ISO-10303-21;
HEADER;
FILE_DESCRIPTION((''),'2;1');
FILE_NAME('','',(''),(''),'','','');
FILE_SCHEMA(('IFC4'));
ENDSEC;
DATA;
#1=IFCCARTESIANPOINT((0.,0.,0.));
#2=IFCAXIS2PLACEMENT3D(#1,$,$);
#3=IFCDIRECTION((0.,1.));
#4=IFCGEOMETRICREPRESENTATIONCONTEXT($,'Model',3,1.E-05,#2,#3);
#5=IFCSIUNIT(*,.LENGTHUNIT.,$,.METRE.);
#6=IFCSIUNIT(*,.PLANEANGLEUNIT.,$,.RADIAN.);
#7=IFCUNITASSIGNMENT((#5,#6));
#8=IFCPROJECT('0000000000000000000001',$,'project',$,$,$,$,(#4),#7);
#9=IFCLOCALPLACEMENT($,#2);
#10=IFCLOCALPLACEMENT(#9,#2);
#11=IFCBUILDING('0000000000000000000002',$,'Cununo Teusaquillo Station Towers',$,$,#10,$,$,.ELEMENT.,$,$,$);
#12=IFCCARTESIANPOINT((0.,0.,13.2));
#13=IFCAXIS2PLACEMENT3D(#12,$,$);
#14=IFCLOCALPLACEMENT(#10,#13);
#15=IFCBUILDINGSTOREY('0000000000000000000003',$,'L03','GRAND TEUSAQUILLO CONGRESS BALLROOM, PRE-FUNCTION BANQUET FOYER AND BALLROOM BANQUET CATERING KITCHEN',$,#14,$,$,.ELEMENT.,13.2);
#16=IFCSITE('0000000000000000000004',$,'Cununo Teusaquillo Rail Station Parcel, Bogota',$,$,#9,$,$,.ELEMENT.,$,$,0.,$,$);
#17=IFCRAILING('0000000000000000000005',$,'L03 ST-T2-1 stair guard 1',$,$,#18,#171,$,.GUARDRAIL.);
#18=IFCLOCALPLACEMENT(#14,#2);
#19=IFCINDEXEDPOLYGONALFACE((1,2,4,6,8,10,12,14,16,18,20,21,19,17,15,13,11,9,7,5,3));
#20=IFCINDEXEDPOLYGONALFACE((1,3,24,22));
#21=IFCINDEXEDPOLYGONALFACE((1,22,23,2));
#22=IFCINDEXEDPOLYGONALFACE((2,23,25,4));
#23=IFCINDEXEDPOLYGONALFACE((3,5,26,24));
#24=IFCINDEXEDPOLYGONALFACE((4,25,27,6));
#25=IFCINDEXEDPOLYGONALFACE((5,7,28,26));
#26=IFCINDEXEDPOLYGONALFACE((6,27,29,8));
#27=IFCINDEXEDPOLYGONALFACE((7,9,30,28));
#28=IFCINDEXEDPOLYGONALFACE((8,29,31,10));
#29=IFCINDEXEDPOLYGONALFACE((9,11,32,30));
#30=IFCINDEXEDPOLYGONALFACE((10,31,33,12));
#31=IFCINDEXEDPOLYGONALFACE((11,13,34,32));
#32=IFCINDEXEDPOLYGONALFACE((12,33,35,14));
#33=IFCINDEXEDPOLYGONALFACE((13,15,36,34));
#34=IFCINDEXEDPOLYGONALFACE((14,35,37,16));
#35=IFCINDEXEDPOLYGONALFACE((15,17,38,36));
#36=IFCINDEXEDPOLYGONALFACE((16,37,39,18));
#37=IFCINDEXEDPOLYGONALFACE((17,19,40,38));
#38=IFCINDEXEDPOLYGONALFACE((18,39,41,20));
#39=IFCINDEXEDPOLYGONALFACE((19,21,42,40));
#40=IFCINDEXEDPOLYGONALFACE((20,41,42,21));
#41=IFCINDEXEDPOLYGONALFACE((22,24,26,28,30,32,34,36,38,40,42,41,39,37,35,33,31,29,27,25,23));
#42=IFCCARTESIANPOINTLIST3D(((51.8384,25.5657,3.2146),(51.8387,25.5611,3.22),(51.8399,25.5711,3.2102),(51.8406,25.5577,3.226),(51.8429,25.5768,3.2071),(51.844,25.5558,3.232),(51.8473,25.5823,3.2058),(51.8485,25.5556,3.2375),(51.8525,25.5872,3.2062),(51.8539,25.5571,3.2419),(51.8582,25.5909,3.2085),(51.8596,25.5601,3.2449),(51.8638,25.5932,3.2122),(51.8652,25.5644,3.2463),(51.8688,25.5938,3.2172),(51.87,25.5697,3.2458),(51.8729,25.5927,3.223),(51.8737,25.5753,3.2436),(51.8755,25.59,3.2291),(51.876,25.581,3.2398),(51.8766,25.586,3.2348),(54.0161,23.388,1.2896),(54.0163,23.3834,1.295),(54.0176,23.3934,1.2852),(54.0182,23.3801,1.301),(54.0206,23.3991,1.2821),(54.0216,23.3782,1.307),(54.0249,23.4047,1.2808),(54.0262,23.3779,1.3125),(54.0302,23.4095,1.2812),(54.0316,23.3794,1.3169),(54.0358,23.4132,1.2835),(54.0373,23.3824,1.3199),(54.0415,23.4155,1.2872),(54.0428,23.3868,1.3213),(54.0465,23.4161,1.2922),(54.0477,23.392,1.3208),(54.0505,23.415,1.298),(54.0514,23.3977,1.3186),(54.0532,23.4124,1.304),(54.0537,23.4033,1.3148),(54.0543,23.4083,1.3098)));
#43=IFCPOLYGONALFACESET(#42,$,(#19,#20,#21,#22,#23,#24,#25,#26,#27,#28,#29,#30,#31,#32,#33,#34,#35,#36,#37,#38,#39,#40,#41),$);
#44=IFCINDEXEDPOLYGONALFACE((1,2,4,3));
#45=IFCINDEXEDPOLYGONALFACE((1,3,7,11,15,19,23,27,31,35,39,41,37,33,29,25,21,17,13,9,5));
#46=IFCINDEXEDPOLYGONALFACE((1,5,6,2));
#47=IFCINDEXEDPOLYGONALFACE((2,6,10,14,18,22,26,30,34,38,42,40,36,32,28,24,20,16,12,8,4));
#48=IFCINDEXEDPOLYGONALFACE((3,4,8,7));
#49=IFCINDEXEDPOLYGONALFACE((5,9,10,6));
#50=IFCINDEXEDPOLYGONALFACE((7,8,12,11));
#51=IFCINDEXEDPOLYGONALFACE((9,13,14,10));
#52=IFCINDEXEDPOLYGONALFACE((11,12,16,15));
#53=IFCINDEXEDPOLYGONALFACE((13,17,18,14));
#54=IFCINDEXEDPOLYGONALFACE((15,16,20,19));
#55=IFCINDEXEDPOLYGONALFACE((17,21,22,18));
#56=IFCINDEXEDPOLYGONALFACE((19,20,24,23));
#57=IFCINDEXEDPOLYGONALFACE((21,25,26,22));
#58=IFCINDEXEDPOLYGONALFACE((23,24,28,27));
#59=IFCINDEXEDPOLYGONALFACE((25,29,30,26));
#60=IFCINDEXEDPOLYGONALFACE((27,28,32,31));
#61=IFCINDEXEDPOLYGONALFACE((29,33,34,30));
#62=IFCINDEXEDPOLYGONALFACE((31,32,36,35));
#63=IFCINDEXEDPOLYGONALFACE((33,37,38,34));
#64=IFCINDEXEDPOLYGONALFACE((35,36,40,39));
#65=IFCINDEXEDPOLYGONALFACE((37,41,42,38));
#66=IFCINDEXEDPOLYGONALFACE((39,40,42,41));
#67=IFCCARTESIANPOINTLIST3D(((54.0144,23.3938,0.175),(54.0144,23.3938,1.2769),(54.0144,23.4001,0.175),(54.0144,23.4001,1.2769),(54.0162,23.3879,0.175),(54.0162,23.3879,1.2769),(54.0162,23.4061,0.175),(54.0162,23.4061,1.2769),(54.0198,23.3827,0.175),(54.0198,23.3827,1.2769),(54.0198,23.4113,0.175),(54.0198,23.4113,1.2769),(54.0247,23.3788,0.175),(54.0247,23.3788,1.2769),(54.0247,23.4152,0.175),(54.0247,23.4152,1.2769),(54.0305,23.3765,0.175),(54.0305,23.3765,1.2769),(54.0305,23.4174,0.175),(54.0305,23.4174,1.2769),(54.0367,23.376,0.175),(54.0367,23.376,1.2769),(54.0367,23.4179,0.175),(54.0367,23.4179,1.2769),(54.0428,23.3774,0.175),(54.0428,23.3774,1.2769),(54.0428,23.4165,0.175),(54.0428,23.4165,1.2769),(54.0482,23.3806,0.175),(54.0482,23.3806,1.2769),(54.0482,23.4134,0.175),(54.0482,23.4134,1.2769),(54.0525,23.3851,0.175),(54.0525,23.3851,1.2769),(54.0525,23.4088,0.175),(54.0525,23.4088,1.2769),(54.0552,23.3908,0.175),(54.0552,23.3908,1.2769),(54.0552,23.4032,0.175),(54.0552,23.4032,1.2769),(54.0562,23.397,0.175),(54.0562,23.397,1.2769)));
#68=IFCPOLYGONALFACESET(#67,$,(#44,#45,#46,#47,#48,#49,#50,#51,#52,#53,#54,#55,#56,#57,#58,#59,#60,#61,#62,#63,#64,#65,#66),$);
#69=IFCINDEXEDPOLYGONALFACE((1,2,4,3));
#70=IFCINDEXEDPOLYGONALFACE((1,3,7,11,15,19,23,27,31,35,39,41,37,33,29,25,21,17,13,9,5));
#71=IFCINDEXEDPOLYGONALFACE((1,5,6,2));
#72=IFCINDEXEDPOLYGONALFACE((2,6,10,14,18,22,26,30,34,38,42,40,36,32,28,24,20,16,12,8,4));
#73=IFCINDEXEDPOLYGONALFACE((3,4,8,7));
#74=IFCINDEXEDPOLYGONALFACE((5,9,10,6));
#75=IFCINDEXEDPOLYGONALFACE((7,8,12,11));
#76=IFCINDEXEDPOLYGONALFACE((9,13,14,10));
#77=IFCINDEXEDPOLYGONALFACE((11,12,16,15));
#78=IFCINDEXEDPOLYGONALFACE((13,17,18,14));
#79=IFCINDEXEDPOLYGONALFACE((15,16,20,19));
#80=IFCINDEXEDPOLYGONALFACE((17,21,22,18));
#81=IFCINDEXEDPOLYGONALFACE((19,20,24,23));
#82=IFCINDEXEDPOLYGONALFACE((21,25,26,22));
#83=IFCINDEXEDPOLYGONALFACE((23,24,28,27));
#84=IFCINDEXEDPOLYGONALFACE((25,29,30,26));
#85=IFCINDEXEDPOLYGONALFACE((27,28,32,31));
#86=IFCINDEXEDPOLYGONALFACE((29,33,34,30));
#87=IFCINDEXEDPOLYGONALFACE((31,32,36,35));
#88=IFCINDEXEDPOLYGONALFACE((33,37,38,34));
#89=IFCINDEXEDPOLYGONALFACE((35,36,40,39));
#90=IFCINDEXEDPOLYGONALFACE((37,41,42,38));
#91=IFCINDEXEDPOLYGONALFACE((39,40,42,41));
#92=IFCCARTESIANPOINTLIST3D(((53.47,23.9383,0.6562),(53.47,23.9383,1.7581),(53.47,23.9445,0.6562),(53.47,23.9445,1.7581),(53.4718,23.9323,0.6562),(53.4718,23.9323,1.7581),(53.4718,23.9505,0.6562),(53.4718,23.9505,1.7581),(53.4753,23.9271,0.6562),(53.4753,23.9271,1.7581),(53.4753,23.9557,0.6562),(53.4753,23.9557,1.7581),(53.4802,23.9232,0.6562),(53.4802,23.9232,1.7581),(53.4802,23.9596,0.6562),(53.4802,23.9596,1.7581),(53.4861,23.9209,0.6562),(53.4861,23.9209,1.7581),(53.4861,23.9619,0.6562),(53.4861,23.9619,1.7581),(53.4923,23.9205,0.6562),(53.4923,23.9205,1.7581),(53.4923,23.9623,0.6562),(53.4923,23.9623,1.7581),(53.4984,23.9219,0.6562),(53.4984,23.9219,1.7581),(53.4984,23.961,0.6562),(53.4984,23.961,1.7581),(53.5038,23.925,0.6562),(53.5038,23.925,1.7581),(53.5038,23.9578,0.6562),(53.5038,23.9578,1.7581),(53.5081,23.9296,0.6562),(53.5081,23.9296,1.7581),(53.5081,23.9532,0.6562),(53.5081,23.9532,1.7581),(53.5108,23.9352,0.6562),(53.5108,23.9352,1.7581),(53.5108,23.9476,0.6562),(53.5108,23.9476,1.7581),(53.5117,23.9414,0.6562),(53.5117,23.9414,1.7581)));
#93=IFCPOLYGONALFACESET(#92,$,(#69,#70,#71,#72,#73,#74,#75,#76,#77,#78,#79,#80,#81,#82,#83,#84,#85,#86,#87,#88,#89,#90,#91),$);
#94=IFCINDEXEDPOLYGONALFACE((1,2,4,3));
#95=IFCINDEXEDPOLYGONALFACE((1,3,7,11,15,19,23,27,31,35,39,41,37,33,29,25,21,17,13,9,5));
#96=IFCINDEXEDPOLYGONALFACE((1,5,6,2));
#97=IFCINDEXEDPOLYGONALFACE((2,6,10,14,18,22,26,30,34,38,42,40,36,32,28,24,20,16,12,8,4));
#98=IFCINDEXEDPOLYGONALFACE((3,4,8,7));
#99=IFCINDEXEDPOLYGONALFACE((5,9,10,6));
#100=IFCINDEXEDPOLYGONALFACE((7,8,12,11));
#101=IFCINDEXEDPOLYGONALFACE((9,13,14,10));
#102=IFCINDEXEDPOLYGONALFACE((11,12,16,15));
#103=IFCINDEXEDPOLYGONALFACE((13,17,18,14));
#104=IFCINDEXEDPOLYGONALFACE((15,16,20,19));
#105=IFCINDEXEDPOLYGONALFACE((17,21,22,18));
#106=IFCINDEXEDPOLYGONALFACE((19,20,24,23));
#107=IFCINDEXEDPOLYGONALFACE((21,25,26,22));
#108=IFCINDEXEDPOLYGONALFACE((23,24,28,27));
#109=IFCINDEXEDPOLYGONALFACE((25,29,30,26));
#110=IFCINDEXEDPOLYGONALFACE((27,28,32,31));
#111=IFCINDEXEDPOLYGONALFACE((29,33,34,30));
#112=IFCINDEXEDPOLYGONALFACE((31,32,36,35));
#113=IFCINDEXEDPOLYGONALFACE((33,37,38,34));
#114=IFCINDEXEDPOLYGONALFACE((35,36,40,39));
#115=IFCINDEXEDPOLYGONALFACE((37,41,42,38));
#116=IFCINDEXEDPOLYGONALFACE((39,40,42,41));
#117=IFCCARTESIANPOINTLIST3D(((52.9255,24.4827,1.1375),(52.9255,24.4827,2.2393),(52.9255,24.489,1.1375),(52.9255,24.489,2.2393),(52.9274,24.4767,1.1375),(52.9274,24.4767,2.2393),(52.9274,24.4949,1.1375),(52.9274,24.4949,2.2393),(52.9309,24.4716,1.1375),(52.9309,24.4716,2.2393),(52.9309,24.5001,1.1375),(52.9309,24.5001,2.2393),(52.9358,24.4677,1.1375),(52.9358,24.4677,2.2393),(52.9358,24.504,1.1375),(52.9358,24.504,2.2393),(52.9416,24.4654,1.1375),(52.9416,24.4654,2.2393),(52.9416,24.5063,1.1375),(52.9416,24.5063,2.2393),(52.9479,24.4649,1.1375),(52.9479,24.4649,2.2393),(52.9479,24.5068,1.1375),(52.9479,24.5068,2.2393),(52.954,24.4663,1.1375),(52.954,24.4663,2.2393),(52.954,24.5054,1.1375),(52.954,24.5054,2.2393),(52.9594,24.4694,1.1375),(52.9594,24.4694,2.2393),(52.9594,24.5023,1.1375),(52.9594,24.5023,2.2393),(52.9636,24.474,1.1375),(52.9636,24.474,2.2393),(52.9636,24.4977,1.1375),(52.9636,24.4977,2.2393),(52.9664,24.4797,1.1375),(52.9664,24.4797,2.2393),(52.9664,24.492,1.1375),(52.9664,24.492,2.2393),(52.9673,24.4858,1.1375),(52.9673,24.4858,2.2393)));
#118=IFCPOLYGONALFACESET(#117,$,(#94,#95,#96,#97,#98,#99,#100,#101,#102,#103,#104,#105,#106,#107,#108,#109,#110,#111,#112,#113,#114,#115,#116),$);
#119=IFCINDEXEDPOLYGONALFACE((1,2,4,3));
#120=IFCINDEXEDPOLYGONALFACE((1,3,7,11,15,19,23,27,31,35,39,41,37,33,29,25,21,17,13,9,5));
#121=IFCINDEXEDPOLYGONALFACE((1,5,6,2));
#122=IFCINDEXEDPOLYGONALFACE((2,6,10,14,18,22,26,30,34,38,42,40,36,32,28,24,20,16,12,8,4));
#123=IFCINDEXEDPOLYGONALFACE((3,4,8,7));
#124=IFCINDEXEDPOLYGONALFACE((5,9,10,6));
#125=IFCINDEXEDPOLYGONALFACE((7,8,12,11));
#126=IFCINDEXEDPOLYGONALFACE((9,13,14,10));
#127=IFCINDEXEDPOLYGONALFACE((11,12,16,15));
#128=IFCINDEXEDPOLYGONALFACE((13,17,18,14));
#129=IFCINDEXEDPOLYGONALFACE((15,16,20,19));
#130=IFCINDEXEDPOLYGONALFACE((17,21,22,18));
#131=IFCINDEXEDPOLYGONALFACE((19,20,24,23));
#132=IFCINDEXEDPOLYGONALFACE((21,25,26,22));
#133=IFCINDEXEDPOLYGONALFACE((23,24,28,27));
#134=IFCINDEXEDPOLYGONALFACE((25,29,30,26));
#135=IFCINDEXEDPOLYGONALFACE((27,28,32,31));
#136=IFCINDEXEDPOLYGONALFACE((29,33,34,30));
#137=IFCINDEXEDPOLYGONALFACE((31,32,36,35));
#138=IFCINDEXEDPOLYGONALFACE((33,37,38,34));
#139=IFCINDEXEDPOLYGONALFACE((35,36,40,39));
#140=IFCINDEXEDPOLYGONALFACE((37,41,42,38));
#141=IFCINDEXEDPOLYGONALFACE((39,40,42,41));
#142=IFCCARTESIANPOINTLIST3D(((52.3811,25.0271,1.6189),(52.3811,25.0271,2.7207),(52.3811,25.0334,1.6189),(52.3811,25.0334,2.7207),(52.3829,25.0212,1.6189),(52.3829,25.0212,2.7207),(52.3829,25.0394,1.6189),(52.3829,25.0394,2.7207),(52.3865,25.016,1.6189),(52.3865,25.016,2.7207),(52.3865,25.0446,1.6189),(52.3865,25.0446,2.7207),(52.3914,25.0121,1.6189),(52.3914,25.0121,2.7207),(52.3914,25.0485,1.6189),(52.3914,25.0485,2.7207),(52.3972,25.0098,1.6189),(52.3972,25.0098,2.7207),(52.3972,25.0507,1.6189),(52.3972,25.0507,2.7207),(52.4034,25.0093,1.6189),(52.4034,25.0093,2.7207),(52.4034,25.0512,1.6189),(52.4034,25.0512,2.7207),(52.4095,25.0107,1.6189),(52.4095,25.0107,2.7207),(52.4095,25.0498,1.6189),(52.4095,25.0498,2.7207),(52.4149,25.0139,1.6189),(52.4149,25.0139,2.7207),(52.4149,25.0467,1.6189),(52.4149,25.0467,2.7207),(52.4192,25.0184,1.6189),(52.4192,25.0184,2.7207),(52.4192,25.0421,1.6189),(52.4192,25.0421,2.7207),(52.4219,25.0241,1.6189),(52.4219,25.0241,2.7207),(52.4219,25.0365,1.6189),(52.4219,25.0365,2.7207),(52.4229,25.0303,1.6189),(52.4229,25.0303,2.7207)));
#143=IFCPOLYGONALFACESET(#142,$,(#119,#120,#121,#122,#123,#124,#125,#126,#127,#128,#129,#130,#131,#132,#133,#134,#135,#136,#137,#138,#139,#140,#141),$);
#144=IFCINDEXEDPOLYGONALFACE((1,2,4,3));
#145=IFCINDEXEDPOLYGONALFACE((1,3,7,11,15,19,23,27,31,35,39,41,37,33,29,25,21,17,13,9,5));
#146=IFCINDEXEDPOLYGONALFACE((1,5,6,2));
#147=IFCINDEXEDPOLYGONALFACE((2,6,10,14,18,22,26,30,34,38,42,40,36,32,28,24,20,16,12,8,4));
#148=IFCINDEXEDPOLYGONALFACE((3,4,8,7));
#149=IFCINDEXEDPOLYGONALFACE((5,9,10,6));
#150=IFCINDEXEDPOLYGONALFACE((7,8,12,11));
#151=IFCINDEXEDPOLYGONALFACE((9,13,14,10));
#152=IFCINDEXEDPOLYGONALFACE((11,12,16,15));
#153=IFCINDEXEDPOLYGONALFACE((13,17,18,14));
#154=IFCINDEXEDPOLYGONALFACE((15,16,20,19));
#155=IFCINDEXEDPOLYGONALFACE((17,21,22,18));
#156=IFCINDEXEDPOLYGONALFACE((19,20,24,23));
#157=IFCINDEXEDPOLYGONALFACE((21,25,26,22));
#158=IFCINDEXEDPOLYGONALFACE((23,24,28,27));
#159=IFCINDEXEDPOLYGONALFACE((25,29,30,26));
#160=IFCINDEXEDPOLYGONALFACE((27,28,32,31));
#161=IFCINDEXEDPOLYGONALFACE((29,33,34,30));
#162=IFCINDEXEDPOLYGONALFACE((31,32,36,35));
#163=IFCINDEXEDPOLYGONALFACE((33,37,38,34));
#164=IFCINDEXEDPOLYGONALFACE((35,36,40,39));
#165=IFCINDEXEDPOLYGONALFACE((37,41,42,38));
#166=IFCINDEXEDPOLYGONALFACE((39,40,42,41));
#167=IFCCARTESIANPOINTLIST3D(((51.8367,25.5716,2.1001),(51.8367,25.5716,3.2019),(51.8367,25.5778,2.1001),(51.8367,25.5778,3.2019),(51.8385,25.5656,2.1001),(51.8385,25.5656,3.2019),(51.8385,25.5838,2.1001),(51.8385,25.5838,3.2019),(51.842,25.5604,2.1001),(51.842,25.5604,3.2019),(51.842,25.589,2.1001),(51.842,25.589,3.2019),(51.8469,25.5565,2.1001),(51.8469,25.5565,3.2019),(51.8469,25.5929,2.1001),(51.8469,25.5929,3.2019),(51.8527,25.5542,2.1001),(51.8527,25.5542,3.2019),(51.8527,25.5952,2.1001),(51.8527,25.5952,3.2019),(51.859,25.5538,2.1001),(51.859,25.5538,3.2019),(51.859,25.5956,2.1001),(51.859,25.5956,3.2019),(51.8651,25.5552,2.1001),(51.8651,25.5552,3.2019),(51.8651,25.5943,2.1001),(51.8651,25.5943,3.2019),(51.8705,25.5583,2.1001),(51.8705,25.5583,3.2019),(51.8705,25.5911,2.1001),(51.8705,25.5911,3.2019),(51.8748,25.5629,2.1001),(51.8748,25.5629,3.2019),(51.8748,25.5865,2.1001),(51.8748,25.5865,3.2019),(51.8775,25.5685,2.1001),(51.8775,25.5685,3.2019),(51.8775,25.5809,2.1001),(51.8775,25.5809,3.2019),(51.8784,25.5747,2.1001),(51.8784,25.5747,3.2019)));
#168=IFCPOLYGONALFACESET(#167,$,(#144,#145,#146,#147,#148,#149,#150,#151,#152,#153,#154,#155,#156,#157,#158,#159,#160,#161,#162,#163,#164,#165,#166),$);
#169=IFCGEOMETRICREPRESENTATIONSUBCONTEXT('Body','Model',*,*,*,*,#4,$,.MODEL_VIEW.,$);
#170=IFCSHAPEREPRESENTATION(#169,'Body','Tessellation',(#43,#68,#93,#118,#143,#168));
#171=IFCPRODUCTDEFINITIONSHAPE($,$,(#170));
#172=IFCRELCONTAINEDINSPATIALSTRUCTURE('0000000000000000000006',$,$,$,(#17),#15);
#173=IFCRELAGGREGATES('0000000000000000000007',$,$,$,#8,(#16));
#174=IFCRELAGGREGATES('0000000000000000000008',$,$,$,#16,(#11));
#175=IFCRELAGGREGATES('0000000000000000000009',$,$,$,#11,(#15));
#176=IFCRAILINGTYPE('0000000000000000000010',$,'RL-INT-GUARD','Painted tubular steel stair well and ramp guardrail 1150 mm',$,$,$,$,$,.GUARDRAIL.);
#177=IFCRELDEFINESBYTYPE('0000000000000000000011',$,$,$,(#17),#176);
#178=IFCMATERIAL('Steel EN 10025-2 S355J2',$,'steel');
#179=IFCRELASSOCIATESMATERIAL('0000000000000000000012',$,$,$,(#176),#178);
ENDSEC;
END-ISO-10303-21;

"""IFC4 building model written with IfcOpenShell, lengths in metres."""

from ifc_helpers import new_model, si_unit, direction, frame, origin, origin_2d, place, context, subcontext, project, spatial, circle, extrude, material, type_object, element, save


model = new_model("IFC4")

# Units and contexts
model_context = context("Model", 3, precision=1e-05, world=origin(), true_north=direction((0.0, 1.0)))
body_context = subcontext(model_context, "Body", "Model", "MODEL_VIEW")
ifc_project = project(units=[si_unit("LENGTHUNIT", "METRE"), si_unit("PLANEANGLEUNIT", "RADIAN")], contexts=[model_context])

# Site, building, storey
site_placement = place(None, origin())
site = spatial("IfcSite", under=ifc_project, at=site_placement, Name="Cununo Teusaquillo Rail Station Parcel, Bogota", CompositionType="ELEMENT", RefElevation=0.0)
building_placement = place(site_placement, origin())
building = spatial("IfcBuilding", under=site, at=building_placement, Name="Cununo Teusaquillo Station Towers", CompositionType="ELEMENT")
storey_placement = place(building_placement, frame((0.0, 0.0, 13.2)))
storey = spatial("IfcBuildingStorey", under=building, at=storey_placement, Name="L03", Description="GRAND TEUSAQUILLO CONGRESS BALLROOM, PRE-FUNCTION BANQUET FOYER AND BALLROOM BANQUET CATERING KITCHEN", CompositionType="ELEMENT", Elevation=13.2)

# Railing
ifc_material_1 = material(Name="Steel EN 10025-2 S355J2", Category="steel")
railing_type_1 = type_object("IfcRailingType", Name="RL-INT-GUARD", Description="Painted tubular steel stair well and ramp guardrail 1150 mm", PredefinedType="GUARDRAIL", material=ifc_material_1)
railing_1_placement = place(storey_placement, frame((54.0352, 23.397, 0.175)))
element("IfcRailing", 1, at=railing_1_placement, inside=storey, type_object=railing_type_1, Name="L03 ST-T2-1 stair guard 1", PredefinedType="GUARDRAIL", context=body_context, shape_type="SweptSolid", body=[
    extrude(circle(Radius=0.0239, at=origin_2d()), frame((0.0, 0.0, 1.126), z_axis=(-0.599609, 0.599609, 0.530036), x_axis=(-0.707107, -0.707107, 0.0)), (0.0, 0.0, 1.0), 3.6318),
    extrude(circle(Radius=0.021, at=origin_2d()), origin(), (0.0, 0.0, 1.0), 1.1018),
    extrude(circle(Radius=0.021, at=origin_2d()), frame((-0.5444, 0.5444, 0.4812)), (0.0, 0.0, 1.0), 1.1018),
    extrude(circle(Radius=0.021, at=origin_2d()), frame((-1.0889, 1.0889, 0.9624)), (0.0, 0.0, 1.0), 1.1018),
    extrude(circle(Radius=0.021, at=origin_2d()), frame((-1.6333, 1.6333, 1.4438)), (0.0, 0.0, 1.0), 1.1018),
    extrude(circle(Radius=0.021, at=origin_2d()), frame((-2.1777, 2.1777, 1.925)), (0.0, 0.0, 1.0), 1.1018),
])

save(model, "model.ifc")
